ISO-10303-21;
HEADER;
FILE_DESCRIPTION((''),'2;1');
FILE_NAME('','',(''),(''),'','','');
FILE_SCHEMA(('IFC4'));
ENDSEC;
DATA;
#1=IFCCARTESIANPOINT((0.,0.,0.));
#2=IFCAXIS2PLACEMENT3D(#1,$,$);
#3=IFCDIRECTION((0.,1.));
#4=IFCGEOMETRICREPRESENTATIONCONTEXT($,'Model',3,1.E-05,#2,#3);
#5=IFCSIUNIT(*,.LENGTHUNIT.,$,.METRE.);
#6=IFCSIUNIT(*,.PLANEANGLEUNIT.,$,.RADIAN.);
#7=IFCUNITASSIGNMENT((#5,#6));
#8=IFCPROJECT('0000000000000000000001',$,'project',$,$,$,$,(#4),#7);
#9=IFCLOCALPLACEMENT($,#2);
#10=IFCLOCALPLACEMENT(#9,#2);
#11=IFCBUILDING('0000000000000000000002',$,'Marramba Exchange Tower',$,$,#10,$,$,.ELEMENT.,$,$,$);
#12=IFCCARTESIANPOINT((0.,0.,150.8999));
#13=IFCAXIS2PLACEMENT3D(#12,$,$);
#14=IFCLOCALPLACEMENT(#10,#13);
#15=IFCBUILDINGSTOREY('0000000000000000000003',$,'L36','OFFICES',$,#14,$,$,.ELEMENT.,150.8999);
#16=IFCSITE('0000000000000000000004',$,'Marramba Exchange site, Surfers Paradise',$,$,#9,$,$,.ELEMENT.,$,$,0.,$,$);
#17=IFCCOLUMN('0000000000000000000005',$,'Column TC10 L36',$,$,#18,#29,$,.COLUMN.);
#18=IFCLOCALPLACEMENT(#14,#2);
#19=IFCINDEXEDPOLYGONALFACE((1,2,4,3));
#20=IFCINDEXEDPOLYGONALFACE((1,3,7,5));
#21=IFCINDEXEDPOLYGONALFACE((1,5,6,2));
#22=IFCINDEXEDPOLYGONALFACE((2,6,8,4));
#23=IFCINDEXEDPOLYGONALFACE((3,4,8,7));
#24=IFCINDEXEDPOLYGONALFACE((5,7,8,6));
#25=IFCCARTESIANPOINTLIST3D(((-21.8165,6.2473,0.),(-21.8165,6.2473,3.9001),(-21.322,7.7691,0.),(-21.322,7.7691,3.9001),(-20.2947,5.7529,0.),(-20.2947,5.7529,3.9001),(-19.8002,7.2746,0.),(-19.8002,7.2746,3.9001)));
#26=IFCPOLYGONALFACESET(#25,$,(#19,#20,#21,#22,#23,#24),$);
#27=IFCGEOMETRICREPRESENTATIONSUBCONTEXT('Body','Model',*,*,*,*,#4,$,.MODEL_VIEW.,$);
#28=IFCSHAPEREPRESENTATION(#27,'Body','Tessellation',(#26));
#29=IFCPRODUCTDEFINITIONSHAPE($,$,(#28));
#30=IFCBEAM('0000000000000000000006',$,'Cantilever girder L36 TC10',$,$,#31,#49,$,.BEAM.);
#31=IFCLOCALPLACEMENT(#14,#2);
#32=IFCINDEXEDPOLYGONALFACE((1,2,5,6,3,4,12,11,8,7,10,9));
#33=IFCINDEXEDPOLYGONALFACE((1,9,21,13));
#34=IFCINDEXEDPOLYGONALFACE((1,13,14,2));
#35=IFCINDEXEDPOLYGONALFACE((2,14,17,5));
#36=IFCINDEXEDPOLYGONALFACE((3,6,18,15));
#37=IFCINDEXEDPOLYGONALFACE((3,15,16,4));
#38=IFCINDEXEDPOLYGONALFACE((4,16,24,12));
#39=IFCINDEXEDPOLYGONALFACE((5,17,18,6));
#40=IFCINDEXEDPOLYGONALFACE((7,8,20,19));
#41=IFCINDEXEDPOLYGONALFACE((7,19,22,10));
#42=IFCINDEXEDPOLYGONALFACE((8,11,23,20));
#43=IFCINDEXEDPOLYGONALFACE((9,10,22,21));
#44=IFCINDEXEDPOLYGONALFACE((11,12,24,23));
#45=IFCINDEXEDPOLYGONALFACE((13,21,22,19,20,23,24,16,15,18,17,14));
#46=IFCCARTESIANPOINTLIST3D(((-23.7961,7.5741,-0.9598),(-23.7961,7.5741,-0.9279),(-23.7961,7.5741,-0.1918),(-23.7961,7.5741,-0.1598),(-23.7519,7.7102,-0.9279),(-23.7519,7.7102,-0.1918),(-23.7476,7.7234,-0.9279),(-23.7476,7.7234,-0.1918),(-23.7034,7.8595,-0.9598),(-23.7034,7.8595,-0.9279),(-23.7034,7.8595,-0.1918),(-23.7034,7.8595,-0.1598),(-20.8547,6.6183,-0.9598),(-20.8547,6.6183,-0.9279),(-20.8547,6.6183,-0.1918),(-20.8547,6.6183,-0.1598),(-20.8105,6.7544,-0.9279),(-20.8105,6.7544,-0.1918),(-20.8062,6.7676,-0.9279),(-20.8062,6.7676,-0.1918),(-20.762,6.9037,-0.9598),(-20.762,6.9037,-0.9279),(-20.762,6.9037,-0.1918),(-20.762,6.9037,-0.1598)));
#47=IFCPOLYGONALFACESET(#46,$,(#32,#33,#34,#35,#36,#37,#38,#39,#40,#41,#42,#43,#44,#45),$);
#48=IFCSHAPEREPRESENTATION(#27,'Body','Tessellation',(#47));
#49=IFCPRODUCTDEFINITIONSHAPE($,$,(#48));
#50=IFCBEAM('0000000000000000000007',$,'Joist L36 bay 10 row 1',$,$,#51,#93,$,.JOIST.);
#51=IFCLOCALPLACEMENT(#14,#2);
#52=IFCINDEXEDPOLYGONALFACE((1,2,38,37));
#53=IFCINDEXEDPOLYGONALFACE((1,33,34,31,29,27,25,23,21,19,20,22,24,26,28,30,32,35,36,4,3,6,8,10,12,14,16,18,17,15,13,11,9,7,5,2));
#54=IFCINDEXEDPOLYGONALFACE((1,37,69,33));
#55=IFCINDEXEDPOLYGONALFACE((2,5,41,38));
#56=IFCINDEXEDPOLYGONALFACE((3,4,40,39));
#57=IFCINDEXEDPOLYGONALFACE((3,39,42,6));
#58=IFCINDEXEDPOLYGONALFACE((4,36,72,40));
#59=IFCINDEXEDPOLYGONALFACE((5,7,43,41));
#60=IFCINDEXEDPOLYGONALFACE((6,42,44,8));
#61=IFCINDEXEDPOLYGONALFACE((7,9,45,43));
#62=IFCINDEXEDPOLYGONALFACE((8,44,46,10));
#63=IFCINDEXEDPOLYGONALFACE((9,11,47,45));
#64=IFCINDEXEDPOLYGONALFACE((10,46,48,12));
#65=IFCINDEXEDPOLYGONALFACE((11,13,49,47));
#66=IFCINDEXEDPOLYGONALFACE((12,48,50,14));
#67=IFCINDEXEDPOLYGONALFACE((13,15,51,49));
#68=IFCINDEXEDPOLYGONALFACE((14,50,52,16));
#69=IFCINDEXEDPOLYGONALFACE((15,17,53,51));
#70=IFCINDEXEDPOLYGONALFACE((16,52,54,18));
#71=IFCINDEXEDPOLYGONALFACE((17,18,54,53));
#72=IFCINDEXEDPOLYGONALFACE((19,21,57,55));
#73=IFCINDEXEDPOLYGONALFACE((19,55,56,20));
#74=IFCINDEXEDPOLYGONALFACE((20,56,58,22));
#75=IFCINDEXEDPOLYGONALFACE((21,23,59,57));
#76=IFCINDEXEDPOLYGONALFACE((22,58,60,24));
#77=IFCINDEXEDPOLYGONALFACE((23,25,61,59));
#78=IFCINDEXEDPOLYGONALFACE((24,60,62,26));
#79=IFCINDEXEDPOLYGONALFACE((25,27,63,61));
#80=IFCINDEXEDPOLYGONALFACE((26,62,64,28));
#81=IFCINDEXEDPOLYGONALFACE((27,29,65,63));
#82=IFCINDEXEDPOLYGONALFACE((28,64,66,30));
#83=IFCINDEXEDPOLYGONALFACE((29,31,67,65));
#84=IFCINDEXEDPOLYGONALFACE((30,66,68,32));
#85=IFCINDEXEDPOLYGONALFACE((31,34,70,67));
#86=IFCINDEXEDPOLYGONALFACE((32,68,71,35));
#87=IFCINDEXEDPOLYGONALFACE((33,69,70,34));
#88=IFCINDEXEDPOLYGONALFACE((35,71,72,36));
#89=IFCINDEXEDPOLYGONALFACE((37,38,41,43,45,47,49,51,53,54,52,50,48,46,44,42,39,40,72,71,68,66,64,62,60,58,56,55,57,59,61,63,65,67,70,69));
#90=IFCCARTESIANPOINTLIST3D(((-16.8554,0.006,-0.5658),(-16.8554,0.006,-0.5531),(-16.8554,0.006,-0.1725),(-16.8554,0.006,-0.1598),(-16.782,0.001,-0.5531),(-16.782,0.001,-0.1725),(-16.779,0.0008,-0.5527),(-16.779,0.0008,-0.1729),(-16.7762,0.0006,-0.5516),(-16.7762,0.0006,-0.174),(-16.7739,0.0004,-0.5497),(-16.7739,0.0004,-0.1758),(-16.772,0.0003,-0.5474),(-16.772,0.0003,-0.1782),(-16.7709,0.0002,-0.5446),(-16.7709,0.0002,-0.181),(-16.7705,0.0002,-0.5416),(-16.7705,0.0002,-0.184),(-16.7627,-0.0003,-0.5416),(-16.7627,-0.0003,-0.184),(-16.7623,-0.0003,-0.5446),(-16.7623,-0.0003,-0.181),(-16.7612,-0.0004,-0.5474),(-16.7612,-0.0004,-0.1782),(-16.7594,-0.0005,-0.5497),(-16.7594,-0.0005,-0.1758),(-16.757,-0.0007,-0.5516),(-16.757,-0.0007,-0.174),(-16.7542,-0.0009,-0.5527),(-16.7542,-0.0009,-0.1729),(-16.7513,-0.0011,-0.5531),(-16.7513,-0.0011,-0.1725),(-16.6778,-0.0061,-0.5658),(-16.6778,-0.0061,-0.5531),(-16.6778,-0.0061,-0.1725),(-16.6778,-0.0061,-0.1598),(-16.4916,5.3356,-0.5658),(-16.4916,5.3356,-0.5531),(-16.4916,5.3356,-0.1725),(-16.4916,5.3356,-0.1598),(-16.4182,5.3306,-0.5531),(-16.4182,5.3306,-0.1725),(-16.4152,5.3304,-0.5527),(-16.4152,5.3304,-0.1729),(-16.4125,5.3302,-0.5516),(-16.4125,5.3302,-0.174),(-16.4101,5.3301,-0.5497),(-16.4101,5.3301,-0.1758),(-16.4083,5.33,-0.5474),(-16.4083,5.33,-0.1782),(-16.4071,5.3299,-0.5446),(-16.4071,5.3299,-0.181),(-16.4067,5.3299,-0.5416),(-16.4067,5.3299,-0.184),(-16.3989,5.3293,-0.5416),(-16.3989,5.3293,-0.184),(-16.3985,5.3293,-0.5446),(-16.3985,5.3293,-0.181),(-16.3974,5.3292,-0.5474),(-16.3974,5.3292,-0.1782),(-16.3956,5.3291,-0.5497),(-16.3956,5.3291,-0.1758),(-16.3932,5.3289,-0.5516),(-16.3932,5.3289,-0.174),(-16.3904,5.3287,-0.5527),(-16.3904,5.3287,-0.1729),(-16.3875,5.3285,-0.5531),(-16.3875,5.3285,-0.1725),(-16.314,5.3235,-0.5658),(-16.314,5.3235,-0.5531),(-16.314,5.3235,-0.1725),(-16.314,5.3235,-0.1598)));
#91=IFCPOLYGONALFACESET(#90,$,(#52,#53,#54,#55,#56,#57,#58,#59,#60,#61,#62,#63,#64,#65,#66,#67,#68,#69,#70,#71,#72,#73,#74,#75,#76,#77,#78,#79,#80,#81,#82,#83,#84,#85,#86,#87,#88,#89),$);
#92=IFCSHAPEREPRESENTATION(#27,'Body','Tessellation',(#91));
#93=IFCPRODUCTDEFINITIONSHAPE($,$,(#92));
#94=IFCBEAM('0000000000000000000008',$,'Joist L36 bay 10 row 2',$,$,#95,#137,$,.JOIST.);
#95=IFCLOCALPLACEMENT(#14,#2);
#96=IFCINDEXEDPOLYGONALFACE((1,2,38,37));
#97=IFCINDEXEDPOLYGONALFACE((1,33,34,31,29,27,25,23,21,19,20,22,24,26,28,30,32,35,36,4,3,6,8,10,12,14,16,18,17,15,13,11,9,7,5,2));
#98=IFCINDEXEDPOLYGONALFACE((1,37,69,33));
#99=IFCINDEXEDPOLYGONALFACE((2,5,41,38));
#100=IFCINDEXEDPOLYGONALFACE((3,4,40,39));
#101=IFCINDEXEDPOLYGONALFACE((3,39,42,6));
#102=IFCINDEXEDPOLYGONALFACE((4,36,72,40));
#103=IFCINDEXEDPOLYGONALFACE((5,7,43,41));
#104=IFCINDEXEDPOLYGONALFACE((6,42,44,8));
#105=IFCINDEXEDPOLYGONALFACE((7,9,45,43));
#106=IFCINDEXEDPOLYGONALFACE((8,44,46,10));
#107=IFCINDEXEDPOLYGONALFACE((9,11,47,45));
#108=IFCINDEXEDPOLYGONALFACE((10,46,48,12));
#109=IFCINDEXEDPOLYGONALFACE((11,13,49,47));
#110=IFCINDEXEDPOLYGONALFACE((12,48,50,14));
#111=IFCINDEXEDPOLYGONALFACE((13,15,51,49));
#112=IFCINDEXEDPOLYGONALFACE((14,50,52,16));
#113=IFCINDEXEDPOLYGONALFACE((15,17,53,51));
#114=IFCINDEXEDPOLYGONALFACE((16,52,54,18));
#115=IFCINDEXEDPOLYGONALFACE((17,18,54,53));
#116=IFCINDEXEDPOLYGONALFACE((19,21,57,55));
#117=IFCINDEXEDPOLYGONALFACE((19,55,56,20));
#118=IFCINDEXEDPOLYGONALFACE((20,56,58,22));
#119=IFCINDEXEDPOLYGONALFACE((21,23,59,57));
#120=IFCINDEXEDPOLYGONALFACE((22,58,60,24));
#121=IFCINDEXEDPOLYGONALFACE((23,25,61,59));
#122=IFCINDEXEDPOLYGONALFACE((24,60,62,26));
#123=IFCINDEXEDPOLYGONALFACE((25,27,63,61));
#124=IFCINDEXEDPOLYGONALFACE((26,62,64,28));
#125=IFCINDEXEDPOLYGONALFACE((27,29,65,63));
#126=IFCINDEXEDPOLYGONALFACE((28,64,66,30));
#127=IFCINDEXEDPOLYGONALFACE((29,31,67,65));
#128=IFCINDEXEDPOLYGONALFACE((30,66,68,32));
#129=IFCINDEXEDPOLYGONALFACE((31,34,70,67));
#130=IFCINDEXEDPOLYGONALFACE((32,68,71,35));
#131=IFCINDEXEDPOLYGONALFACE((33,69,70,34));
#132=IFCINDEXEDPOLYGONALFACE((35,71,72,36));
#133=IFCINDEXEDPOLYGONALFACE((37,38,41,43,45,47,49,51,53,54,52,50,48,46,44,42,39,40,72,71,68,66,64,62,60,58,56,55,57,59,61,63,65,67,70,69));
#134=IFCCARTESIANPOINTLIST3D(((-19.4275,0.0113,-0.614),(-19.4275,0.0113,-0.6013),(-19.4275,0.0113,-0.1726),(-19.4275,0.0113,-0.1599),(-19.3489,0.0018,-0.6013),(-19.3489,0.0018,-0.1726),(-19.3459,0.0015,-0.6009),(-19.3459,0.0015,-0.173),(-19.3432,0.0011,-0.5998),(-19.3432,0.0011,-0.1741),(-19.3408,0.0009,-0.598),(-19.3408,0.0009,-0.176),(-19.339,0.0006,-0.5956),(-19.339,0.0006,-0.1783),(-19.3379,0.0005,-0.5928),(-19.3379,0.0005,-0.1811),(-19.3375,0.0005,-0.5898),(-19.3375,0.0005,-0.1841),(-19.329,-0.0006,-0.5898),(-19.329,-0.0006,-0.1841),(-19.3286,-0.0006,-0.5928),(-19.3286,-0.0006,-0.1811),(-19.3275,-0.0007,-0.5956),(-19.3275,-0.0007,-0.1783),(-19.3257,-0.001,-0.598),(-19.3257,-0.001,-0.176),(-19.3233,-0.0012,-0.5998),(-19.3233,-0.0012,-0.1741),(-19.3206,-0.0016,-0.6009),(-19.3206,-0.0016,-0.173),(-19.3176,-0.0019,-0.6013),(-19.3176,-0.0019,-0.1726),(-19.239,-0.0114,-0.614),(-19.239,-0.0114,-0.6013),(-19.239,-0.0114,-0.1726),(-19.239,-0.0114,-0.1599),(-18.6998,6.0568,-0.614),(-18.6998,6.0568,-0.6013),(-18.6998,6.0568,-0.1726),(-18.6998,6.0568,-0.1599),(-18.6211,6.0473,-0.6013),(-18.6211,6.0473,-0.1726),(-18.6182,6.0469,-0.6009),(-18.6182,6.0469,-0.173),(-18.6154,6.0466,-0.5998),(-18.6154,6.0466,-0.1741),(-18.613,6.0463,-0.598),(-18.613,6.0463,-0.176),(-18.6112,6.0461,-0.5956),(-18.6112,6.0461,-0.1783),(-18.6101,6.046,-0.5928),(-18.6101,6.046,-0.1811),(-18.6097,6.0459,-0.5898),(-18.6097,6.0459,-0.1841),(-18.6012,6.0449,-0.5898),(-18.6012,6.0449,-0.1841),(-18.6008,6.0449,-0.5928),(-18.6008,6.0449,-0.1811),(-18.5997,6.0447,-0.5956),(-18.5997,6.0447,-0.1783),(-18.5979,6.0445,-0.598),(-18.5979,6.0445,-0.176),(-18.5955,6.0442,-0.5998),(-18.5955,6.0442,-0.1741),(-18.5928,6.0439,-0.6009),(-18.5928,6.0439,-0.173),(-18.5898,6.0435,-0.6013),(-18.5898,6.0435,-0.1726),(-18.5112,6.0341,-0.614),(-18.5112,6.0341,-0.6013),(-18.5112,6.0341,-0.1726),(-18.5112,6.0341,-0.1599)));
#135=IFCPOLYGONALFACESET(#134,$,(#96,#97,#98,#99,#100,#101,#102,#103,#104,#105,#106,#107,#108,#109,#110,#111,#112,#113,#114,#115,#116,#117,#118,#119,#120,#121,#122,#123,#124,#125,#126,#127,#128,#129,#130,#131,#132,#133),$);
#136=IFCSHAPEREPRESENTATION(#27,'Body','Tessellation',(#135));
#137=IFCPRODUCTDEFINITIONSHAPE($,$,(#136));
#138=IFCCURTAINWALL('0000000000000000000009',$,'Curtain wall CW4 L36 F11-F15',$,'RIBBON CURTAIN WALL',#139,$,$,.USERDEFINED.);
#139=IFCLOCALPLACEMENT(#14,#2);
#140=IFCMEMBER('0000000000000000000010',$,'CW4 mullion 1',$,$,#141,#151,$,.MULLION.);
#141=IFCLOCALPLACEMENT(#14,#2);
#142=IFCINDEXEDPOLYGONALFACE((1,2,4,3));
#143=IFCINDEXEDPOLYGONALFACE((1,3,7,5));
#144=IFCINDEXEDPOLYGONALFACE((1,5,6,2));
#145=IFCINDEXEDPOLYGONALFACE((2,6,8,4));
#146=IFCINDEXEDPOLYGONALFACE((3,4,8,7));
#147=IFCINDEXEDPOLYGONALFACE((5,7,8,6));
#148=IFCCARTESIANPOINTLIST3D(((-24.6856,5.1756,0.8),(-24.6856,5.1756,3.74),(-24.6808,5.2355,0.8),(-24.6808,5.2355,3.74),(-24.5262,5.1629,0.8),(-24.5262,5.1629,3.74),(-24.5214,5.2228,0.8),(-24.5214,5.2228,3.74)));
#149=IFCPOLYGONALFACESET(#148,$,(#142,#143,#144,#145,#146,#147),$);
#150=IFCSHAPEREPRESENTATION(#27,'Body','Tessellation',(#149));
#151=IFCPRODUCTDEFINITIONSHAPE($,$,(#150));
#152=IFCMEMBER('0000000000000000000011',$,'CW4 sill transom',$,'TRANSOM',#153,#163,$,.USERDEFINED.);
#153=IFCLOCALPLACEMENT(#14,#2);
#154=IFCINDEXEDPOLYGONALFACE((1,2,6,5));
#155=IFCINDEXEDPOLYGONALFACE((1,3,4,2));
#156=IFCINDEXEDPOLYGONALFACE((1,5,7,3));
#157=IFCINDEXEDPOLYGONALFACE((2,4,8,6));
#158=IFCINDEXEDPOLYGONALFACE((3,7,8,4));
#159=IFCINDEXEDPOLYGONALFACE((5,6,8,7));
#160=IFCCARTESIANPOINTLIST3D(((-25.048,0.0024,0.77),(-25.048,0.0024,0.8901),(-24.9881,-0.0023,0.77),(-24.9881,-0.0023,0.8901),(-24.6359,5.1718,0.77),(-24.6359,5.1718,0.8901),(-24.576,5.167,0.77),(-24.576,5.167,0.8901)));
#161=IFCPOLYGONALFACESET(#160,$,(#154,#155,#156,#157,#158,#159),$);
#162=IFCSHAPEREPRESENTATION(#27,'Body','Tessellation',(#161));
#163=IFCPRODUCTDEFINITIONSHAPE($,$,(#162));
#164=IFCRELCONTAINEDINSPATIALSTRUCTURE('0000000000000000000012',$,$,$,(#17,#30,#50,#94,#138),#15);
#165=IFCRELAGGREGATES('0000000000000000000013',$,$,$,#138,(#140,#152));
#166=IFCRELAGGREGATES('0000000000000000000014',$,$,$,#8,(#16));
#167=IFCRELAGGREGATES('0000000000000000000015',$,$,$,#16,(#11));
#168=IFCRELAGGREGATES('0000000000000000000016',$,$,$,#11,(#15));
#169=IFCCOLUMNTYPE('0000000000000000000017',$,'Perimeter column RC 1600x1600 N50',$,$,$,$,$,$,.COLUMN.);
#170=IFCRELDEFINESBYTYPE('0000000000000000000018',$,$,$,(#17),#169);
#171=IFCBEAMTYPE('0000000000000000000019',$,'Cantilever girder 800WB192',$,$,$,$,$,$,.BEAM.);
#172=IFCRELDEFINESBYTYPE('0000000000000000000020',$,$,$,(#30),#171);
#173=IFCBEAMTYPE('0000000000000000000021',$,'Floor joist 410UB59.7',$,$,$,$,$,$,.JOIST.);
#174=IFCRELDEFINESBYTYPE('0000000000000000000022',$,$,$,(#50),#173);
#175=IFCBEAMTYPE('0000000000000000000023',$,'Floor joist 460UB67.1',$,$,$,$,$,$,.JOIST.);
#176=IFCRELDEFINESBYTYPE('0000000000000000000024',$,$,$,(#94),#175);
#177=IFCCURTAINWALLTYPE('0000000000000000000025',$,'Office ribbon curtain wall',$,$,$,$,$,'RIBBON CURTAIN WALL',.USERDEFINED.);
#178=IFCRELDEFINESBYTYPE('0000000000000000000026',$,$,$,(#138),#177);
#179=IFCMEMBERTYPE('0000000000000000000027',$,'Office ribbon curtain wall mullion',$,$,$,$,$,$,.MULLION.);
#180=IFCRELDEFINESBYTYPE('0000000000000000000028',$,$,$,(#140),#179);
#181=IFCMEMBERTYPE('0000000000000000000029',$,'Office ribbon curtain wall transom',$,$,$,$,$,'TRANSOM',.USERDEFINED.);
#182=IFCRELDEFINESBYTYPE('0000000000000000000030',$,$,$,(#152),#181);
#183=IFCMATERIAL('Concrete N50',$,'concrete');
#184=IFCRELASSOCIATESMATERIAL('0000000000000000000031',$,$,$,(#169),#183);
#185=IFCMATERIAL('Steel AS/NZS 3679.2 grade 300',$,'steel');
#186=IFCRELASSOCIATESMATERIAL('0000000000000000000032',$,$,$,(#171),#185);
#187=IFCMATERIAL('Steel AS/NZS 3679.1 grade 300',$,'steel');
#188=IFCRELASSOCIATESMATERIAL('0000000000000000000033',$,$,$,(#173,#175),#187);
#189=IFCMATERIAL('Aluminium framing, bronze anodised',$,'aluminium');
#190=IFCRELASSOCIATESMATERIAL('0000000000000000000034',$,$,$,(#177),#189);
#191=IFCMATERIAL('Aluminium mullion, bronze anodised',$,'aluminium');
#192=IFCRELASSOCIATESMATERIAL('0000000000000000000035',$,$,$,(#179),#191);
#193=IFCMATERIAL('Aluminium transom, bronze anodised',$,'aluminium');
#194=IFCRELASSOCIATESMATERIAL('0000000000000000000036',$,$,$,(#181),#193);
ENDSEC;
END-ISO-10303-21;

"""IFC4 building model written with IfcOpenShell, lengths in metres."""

from ifc_helpers import new_model, si_unit, direction, frame, origin, origin_2d, place, context, subcontext, project, spatial, rectangle, i_section, extrude, material, material_profile, profile_set, type_object, element, aggregate, save


model = new_model("IFC4")

# Units and contexts
model_context = context("Model", 3, precision=1e-05, world=origin(), true_north=direction((0.0, 1.0)))
body_context = subcontext(model_context, "Body", "Model", "MODEL_VIEW")
ifc_project = project(units=[si_unit("LENGTHUNIT", "METRE"), si_unit("PLANEANGLEUNIT", "RADIAN")], contexts=[model_context])

# Site, building, storey
site_placement = place(None, origin())
site = spatial("IfcSite", under=ifc_project, at=site_placement, Name="Marramba Exchange site, Surfers Paradise", CompositionType="ELEMENT", RefElevation=0.0)
building_placement = place(site_placement, origin())
building = spatial("IfcBuilding", under=site, at=building_placement, Name="Marramba Exchange Tower", CompositionType="ELEMENT")
storey_placement = place(building_placement, frame((0.0, 0.0, 150.8999)))
storey = spatial("IfcBuildingStorey", under=building, at=storey_placement, Name="L36", Description="OFFICES", CompositionType="ELEMENT", Elevation=150.8999)

# Column
ifc_material_1 = material(Name="Concrete N50", Category="concrete")
ifc_material_profile_1 = material_profile(ifc_material_1, rectangle(XDim=1.6001, YDim=1.6001, at=origin_2d()), Name="RC 1600x1600")
ifc_profile_set_1 = profile_set([ifc_material_profile_1], Name="Concrete N50")
column_type = type_object("IfcColumnType", Name="Perimeter column RC 1600x1600 N50", PredefinedType="COLUMN", material=ifc_profile_set_1)
column_placement = place(storey_placement, frame((-20.8083, 6.761, 0.0), z_axis=(0.0, 0.0, 1.0), x_axis=(-0.951057, 0.309017, 0.0)))
element("IfcColumn", 1, at=column_placement, inside=storey, type_object=column_type, Name="Column TC10 L36", PredefinedType="COLUMN", context=body_context, shape_type="SweptSolid", body=[
    extrude(rectangle(XDim=1.6001, YDim=1.6001, at=origin_2d()), origin(), (0.0, 0.0, 1.0), 3.9001),
])

# Beams
ifc_material_2 = material(Name="Steel AS/NZS 3679.2 grade 300", Category="steel")
ifc_material_profile_2 = material_profile(ifc_material_2, i_section(OverallWidth=0.3, OverallDepth=0.8, WebThickness=0.0139, FlangeThickness=0.032, at=origin_2d()), Name="800WB192")
ifc_profile_set_2 = profile_set([ifc_material_profile_2], Name="Steel AS/NZS 3679.2 grade 300")
beam_type_1 = type_object("IfcBeamType", Name="Cantilever girder 800WB192", PredefinedType="BEAM", material=ifc_profile_set_2)
beam_1_placement = place(storey_placement, frame((-20.8083, 6.761, -0.5598), z_axis=(-0.951048, 0.309043, 0.0), x_axis=(-0.309043, -0.951048, 0.0)))
element("IfcBeam", 2, at=beam_1_placement, inside=storey, type_object=beam_type_1, Name="Cantilever girder L36 TC10", PredefinedType="BEAM", context=body_context, shape_type="SweptSolid", body=[
    extrude(i_section(OverallWidth=0.3, OverallDepth=0.8, WebThickness=0.0139, FlangeThickness=0.032, at=origin_2d()), origin(), (0.0, 0.0, 1.0), 3.0928),
])
ifc_material_3 = material(Name="Steel AS/NZS 3679.1 grade 300", Category="steel")
ifc_material_profile_3 = material_profile(ifc_material_3, i_section(OverallWidth=0.178, OverallDepth=0.406, WebThickness=0.0078, FlangeThickness=0.0127, FilletRadius=0.0115, at=origin_2d()), Name="410UB59.7")
ifc_profile_set_3 = profile_set([ifc_material_profile_3], Name="Steel AS/NZS 3679.1 grade 300")
beam_type_2 = type_object("IfcBeamType", Name="Floor joist 410UB59.7", PredefinedType="JOIST", material=ifc_profile_set_3)
beam_2_placement = place(storey_placement, frame((-16.4028, 5.3296, -0.3628), z_axis=(-0.068096, -0.997679, 0.0), x_axis=(0.997679, -0.068096, 0.0)))
element("IfcBeam", 3, at=beam_2_placement, inside=storey, type_object=beam_type_2, Name="Joist L36 bay 10 row 1", PredefinedType="JOIST", context=body_context, shape_type="SweptSolid", body=[
    extrude(i_section(OverallWidth=0.178, OverallDepth=0.406, WebThickness=0.0078, FlangeThickness=0.0127, FilletRadius=0.0115, at=origin_2d()), origin(), (0.0, 0.0, 1.0), 5.342),
])
ifc_material_profile_4 = material_profile(ifc_material_3, i_section(OverallWidth=0.1899, OverallDepth=0.4541, WebThickness=0.0085, FlangeThickness=0.0127, FilletRadius=0.0115, at=origin_2d()), Name="460UB67.1")
ifc_profile_set_4 = profile_set([ifc_material_profile_4], Name="Steel AS/NZS 3679.1 grade 300")
beam_type_3 = type_object("IfcBeamType", Name="Floor joist 460UB67.1", PredefinedType="JOIST", material=ifc_profile_set_4)
beam_3_placement = place(storey_placement, frame((-18.6055, 6.0454, -0.387), z_axis=(-0.119523, -0.992831, 0.0), x_axis=(0.992831, -0.119523, 0.0)))
element("IfcBeam", 4, at=beam_3_placement, inside=storey, type_object=beam_type_3, Name="Joist L36 bay 10 row 2", PredefinedType="JOIST", context=body_context, shape_type="SweptSolid", body=[
    extrude(i_section(OverallWidth=0.1899, OverallDepth=0.4541, WebThickness=0.0085, FlangeThickness=0.0127, FilletRadius=0.0115, at=origin_2d()), origin(), (0.0, 0.0, 1.0), 6.0891),
])

# Curtain wall, members
ifc_material_4 = material(Name="Aluminium framing, bronze anodised", Category="aluminium")
curtain_wall_type = type_object("IfcCurtainWallType", Name="Office ribbon curtain wall", ElementType="RIBBON CURTAIN WALL", PredefinedType="USERDEFINED", material=ifc_material_4)
curtain_wall_placement = place(storey_placement, origin())
curtain_wall = element("IfcCurtainWall", 5, at=curtain_wall_placement, inside=storey, type_object=curtain_wall_type, Name="Curtain wall CW4 L36 F11-F15", ObjectType="RIBBON CURTAIN WALL", PredefinedType="USERDEFINED")
ifc_material_5 = material(Name="Aluminium mullion, bronze anodised", Category="aluminium")
ifc_material_profile_5 = material_profile(ifc_material_5, rectangle(XDim=0.1599, YDim=0.0601, at=origin_2d()), Name="CW4 mullion 60x160")
ifc_profile_set_5 = profile_set([ifc_material_profile_5], Name="Aluminium mullion, bronze anodised")
member_type_1 = type_object("IfcMemberType", Name="Office ribbon curtain wall mullion", PredefinedType="MULLION", material=ifc_profile_set_5)
member_1_placement = place(storey_placement, frame((-24.6035, 5.1992, 0.8), z_axis=(0.0, 0.0, 1.0), x_axis=(0.996838, -0.07946, 0.0)))
member_1 = element("IfcMember", 6, at=member_1_placement, type_object=member_type_1, Name="CW4 mullion 1", PredefinedType="MULLION", context=body_context, shape_type="SweptSolid", body=[
    extrude(rectangle(XDim=0.1599, YDim=0.0601, at=origin_2d()), origin(), (0.0, 0.0, 1.0), 2.9399),
])
ifc_material_6 = material(Name="Aluminium transom, bronze anodised", Category="aluminium")
ifc_material_profile_6 = material_profile(ifc_material_6, rectangle(XDim=0.0601, YDim=0.1201, at=origin_2d()), Name="CW4 transom 60x120")
ifc_profile_set_6 = profile_set([ifc_material_profile_6], Name="Aluminium transom, bronze anodised")
member_type_2 = type_object("IfcMemberType", Name="Office ribbon curtain wall transom", ElementType="TRANSOM", PredefinedType="USERDEFINED", material=ifc_profile_set_6)
member_2_placement = place(storey_placement, frame((-24.606, 5.1694, 0.8301), z_axis=(-0.079468, -0.996837, 0.0), x_axis=(0.996837, -0.079468, 0.0)))
member_2 = element("IfcMember", 7, at=member_2_placement, type_object=member_type_2, Name="CW4 sill transom", ObjectType="TRANSOM", PredefinedType="USERDEFINED", context=body_context, shape_type="SweptSolid", body=[
    extrude(rectangle(XDim=0.0601, YDim=0.1201, at=origin_2d()), origin(), (0.0, 0.0, 1.0), 5.1858),
])

aggregate(curtain_wall, [member_1, member_2])

save(model, "model.ifc")
